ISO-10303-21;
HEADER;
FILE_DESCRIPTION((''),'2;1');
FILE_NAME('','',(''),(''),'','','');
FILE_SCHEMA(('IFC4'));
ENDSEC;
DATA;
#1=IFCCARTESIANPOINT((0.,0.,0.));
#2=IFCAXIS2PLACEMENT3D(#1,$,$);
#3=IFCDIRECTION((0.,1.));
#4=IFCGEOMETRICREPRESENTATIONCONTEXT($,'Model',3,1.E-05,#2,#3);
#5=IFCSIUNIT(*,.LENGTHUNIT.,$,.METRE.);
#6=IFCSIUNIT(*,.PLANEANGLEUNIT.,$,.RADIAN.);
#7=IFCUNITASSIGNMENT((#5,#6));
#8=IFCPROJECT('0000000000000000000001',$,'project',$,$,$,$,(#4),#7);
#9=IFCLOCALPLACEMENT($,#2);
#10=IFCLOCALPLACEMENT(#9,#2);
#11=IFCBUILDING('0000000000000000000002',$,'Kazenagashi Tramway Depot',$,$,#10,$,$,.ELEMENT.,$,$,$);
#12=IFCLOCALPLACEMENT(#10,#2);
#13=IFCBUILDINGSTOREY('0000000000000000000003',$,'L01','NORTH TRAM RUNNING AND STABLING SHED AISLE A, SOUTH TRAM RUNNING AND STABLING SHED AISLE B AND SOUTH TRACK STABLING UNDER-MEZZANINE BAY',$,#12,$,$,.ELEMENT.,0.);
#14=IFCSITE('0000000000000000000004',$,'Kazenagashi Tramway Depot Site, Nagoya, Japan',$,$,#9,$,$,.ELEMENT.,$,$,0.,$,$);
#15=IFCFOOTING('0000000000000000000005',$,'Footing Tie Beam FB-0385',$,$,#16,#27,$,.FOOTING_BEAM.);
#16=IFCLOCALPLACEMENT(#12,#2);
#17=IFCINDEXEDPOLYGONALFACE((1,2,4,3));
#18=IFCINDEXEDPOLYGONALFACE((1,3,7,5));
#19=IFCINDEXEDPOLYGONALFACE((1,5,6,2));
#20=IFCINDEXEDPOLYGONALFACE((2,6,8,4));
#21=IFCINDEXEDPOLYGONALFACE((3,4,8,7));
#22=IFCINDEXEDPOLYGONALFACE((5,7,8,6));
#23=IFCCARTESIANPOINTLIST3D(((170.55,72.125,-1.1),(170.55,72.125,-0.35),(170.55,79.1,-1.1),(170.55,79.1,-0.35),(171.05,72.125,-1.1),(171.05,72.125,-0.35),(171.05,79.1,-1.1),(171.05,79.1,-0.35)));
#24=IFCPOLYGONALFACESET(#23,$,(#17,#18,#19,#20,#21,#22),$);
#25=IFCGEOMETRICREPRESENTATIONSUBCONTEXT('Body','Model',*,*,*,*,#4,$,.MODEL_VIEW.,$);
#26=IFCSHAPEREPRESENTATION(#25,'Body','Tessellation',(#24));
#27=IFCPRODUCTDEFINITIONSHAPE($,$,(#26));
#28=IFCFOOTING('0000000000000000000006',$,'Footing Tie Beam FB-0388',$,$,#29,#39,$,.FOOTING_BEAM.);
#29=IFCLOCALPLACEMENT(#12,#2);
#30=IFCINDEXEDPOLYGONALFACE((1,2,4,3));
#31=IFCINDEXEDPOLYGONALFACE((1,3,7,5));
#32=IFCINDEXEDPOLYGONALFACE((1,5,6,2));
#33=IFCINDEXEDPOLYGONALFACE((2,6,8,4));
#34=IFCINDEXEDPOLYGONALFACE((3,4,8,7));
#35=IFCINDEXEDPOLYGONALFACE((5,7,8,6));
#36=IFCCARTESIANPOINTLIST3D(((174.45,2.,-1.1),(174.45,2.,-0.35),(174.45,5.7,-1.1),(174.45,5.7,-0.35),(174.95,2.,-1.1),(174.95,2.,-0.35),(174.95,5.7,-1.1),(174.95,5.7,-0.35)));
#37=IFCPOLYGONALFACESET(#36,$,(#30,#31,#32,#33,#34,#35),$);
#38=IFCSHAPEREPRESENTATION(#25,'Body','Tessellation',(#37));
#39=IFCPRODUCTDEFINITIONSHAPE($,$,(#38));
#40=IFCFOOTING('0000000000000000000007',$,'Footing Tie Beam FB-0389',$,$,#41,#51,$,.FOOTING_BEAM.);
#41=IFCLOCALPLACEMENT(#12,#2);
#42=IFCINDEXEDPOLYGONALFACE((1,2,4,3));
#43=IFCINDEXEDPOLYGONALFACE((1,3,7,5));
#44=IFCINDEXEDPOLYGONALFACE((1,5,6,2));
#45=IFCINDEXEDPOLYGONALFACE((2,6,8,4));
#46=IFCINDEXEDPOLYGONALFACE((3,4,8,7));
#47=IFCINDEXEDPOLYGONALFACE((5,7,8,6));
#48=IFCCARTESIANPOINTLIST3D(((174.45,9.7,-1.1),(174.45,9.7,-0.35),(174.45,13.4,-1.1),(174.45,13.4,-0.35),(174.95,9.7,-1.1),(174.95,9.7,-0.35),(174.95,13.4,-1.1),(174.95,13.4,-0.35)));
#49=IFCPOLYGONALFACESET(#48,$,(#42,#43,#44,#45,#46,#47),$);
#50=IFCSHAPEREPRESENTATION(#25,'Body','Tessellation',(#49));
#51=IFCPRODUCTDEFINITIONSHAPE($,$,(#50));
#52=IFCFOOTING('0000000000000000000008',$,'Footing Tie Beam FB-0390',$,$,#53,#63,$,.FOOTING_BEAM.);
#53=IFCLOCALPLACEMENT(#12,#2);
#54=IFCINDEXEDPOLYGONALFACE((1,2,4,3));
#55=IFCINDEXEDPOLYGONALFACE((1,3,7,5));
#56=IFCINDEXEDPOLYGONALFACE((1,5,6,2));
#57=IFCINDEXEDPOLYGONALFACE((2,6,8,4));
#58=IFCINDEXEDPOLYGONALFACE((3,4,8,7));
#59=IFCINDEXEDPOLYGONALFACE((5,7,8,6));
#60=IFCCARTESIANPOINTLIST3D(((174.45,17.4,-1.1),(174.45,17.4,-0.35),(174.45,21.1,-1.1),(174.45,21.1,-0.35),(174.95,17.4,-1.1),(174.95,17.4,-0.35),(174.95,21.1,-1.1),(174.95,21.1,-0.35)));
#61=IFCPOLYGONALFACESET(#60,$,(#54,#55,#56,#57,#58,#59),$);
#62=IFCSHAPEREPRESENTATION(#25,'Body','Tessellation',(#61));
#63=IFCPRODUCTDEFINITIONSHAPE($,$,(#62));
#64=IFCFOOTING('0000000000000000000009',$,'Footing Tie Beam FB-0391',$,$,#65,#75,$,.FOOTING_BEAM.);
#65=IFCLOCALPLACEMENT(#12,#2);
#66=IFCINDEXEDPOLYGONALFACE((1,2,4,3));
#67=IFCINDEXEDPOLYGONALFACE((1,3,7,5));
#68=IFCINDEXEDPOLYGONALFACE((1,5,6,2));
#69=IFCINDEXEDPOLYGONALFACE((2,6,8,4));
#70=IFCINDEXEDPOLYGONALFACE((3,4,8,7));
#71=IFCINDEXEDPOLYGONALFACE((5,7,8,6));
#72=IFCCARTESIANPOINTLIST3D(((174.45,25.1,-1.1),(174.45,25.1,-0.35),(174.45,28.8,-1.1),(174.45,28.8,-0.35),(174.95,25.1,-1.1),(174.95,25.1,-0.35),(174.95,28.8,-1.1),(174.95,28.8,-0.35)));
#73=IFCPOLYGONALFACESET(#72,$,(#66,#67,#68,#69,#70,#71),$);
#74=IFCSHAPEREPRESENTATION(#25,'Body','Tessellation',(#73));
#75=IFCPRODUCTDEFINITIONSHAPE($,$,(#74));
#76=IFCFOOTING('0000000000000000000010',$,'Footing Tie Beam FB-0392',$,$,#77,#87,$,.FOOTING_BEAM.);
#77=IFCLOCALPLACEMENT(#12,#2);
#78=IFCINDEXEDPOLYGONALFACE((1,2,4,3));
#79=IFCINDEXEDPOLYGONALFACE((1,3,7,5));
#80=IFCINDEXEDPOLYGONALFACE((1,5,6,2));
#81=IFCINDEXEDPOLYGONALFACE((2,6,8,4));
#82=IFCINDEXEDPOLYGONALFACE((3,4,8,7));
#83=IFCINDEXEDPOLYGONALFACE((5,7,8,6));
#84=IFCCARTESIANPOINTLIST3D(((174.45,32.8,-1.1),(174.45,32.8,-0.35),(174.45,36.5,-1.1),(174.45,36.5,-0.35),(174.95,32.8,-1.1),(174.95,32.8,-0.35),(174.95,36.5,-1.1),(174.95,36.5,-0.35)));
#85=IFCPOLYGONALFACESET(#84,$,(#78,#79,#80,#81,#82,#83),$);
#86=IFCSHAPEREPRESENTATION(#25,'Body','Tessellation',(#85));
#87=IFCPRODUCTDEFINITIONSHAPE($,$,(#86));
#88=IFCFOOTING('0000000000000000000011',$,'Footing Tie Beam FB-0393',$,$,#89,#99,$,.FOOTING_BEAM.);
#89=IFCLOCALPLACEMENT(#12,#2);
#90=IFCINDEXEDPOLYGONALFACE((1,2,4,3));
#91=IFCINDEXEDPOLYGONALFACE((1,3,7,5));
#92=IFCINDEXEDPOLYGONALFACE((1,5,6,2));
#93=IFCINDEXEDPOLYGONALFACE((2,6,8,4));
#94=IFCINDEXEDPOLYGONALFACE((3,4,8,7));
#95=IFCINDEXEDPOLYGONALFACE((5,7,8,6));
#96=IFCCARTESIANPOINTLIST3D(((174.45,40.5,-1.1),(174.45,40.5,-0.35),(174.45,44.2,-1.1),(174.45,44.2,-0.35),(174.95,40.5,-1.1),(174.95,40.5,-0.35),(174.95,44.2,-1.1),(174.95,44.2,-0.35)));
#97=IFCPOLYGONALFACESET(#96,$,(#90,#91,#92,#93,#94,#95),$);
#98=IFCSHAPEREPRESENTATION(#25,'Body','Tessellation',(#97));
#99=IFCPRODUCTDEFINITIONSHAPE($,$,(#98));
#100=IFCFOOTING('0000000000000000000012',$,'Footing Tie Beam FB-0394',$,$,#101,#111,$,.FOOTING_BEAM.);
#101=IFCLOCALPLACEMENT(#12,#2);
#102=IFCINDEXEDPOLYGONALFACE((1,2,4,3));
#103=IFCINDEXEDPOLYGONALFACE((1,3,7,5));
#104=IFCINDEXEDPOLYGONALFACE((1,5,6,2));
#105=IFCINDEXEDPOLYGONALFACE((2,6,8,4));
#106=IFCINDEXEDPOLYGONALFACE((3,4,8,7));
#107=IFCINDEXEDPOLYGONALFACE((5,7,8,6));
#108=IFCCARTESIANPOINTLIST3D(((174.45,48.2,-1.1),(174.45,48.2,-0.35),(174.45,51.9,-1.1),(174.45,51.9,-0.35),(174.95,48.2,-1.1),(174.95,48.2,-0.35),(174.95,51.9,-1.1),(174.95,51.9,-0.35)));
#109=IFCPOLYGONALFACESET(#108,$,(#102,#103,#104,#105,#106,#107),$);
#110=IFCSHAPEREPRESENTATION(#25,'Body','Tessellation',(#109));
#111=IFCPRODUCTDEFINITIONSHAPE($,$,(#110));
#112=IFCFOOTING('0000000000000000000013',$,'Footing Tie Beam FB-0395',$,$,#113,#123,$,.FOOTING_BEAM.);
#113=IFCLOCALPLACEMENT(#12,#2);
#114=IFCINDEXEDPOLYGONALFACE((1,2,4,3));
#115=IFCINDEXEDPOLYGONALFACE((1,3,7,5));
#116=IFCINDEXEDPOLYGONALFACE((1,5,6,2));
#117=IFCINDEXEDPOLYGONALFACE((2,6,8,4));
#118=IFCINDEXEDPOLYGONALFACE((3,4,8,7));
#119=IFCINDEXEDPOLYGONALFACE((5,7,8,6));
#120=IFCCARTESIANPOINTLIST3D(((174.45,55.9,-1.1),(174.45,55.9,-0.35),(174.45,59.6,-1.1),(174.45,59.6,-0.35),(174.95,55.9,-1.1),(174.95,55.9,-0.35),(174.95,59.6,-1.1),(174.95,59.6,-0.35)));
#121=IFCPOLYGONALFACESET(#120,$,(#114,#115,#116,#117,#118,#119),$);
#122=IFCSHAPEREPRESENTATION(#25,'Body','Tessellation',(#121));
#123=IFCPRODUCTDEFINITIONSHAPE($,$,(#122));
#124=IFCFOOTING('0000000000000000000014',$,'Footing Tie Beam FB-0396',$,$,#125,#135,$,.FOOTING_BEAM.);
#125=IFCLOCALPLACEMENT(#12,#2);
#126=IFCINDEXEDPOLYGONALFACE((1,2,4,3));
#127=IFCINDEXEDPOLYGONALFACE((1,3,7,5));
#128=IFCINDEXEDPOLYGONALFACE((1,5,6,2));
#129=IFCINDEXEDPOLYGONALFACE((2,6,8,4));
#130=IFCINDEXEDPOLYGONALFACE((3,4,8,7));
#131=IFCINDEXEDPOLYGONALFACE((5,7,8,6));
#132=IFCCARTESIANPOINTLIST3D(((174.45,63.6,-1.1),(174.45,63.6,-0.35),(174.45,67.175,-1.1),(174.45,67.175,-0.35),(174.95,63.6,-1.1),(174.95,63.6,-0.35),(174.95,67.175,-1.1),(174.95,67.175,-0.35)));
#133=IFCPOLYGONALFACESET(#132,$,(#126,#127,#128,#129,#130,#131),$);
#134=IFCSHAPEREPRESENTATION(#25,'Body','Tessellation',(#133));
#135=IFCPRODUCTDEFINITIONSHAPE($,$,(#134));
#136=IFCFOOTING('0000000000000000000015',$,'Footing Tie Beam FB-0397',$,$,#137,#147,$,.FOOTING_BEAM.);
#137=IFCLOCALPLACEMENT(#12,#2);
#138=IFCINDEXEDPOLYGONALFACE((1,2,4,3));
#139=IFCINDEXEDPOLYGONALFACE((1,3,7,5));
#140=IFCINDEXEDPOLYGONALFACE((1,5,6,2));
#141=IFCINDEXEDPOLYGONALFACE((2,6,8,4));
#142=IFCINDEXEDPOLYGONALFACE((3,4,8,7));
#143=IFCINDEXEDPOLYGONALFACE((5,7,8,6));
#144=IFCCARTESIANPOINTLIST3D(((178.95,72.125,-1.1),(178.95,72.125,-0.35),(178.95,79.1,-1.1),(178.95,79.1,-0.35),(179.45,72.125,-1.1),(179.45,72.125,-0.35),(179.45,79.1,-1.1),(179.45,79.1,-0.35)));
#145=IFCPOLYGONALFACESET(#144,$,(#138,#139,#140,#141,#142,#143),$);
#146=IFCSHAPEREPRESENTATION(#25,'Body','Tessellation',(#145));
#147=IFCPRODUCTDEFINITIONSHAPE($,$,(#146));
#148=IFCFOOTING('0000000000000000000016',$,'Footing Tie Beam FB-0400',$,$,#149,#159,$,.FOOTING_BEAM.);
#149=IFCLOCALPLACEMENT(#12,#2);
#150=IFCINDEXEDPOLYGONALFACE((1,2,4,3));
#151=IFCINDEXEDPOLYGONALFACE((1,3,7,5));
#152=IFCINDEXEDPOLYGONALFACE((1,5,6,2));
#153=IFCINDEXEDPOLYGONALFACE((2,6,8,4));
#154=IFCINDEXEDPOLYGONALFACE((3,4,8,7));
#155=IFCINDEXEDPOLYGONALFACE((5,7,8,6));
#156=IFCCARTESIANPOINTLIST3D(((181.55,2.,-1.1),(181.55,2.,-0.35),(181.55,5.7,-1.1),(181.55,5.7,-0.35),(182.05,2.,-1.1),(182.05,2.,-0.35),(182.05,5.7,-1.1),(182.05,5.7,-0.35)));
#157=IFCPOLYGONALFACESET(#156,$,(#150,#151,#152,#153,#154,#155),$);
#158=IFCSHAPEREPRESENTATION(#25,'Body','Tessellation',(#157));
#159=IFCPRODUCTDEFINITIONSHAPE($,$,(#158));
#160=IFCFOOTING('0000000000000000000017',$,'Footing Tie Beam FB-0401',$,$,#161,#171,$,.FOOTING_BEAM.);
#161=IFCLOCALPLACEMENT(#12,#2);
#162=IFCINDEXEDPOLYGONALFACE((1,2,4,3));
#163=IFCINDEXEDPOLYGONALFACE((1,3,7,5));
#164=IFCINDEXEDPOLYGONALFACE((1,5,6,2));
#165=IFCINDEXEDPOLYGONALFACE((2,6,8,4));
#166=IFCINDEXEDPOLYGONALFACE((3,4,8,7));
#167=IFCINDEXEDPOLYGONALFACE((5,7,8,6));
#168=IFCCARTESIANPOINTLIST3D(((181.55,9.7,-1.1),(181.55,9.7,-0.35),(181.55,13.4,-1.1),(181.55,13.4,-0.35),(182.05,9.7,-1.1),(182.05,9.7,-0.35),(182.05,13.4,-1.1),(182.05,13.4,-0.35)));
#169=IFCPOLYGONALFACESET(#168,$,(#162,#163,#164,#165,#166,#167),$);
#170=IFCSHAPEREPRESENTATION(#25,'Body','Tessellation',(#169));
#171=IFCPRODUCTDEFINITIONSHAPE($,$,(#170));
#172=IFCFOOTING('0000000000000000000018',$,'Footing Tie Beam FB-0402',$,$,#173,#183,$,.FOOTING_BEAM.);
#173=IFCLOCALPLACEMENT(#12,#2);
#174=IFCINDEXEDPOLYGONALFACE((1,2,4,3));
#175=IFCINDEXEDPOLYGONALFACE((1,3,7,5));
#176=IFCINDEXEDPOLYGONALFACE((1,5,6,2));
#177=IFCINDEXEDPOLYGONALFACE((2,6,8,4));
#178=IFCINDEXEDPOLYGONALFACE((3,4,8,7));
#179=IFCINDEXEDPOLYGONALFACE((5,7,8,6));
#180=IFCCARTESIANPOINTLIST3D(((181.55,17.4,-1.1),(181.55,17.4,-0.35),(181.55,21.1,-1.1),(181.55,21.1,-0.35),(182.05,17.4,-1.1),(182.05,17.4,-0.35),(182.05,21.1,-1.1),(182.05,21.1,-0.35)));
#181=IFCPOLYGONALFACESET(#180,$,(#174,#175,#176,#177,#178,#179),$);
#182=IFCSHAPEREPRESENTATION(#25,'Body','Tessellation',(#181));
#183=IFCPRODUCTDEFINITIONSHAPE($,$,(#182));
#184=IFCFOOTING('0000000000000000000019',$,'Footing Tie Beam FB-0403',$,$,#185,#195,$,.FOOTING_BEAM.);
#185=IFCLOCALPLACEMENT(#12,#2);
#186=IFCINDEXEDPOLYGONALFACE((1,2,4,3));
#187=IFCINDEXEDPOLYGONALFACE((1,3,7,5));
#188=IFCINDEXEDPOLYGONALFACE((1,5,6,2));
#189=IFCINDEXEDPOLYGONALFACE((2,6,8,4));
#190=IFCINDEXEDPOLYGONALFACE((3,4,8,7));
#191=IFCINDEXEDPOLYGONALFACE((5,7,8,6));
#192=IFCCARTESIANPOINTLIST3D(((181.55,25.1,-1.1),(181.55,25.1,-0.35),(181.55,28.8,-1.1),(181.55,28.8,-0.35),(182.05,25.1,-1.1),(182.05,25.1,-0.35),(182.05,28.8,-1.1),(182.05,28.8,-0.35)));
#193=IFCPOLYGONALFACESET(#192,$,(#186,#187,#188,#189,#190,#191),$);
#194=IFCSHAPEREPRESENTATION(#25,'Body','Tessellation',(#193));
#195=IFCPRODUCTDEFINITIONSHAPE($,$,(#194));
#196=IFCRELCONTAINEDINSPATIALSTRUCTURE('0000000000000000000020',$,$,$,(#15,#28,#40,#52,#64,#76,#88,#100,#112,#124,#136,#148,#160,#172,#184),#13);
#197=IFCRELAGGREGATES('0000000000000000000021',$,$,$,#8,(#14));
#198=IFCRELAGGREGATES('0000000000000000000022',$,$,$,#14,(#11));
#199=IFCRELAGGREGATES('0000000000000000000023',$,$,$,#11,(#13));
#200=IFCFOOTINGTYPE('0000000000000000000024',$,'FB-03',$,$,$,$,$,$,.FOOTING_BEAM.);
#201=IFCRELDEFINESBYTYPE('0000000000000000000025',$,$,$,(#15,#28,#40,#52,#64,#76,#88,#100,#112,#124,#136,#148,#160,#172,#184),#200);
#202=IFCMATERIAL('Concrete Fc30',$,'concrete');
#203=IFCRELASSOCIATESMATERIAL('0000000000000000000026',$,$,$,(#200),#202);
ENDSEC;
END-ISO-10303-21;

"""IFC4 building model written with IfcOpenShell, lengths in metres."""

from ifc_helpers import new_model, si_unit, direction, frame, origin, place, context, subcontext, project, spatial, polyline, outline, extrude, material, type_object, element, save


model = new_model("IFC4")

# Units and contexts
model_context = context("Model", 3, precision=1e-05, world=origin(), true_north=direction((0.0, 1.0)))
body_context = subcontext(model_context, "Body", "Model", "MODEL_VIEW")
ifc_project = project(units=[si_unit("LENGTHUNIT", "METRE"), si_unit("PLANEANGLEUNIT", "RADIAN")], contexts=[model_context])

# Site, building, storey
site_placement = place(None, origin())
site = spatial("IfcSite", under=ifc_project, at=site_placement, Name="Kazenagashi Tramway Depot Site, Nagoya, Japan", CompositionType="ELEMENT", RefElevation=0.0)
building_placement = place(site_placement, origin())
building = spatial("IfcBuilding", under=site, at=building_placement, Name="Kazenagashi Tramway Depot", CompositionType="ELEMENT")
storey_placement = place(building_placement, origin())
storey = spatial("IfcBuildingStorey", under=building, at=storey_placement, Name="L01", Description="NORTH TRAM RUNNING AND STABLING SHED AISLE A, SOUTH TRAM RUNNING AND STABLING SHED AISLE B AND SOUTH TRACK STABLING UNDER-MEZZANINE BAY", CompositionType="ELEMENT", Elevation=0.0)

# Footings
ifc_material = material(Name="Concrete Fc30", Category="concrete")
footing_type = type_object("IfcFootingType", Name="FB-03", PredefinedType="FOOTING_BEAM", material=ifc_material)
footing_1_placement = place(storey_placement, frame((0.0, 0.0, -1.1)))
element("IfcFooting", 1, at=footing_1_placement, inside=storey, type_object=footing_type, Name="Footing Tie Beam FB-0385", PredefinedType="FOOTING_BEAM", context=body_context, shape_type="SweptSolid", body=[
    extrude(outline(polyline([(170.55, 72.125), (171.05, 72.125), (171.05, 79.1), (170.55, 79.1), (170.55, 72.125)])), origin(), (0.0, 0.0, 1.0), 0.75),
])
footing_2_placement = place(storey_placement, frame((0.0, 0.0, -1.1)))
element("IfcFooting", 2, at=footing_2_placement, inside=storey, type_object=footing_type, Name="Footing Tie Beam FB-0388", PredefinedType="FOOTING_BEAM", context=body_context, shape_type="SweptSolid", body=[
    extrude(outline(polyline([(174.45, 2.0), (174.95, 2.0), (174.95, 5.7), (174.45, 5.7), (174.45, 2.0)])), origin(), (0.0, 0.0, 1.0), 0.75),
])
footing_3_placement = place(storey_placement, frame((0.0, 0.0, -1.1)))
element("IfcFooting", 3, at=footing_3_placement, inside=storey, type_object=footing_type, Name="Footing Tie Beam FB-0389", PredefinedType="FOOTING_BEAM", context=body_context, shape_type="SweptSolid", body=[
    extrude(outline(polyline([(174.45, 9.7), (174.95, 9.7), (174.95, 13.4), (174.45, 13.4), (174.45, 9.7)])), origin(), (0.0, 0.0, 1.0), 0.75),
])
footing_4_placement = place(storey_placement, frame((0.0, 0.0, -1.1)))
element("IfcFooting", 4, at=footing_4_placement, inside=storey, type_object=footing_type, Name="Footing Tie Beam FB-0390", PredefinedType="FOOTING_BEAM", context=body_context, shape_type="SweptSolid", body=[
    extrude(outline(polyline([(174.45, 17.4), (174.95, 17.4), (174.95, 21.1), (174.45, 21.1), (174.45, 17.4)])), origin(), (0.0, 0.0, 1.0), 0.75),
])
footing_5_placement = place(storey_placement, frame((0.0, 0.0, -1.1)))
element("IfcFooting", 5, at=footing_5_placement, inside=storey, type_object=footing_type, Name="Footing Tie Beam FB-0391", PredefinedType="FOOTING_BEAM", context=body_context, shape_type="SweptSolid", body=[
    extrude(outline(polyline([(174.45, 25.1), (174.95, 25.1), (174.95, 28.8), (174.45, 28.8), (174.45, 25.1)])), origin(), (0.0, 0.0, 1.0), 0.75),
])
footing_6_placement = place(storey_placement, frame((0.0, 0.0, -1.1)))
element("IfcFooting", 6, at=footing_6_placement, inside=storey, type_object=footing_type, Name="Footing Tie Beam FB-0392", PredefinedType="FOOTING_BEAM", context=body_context, shape_type="SweptSolid", body=[
    extrude(outline(polyline([(174.45, 32.8), (174.95, 32.8), (174.95, 36.5), (174.45, 36.5), (174.45, 32.8)])), origin(), (0.0, 0.0, 1.0), 0.75),
])
footing_7_placement = place(storey_placement, frame((0.0, 0.0, -1.1)))
element("IfcFooting", 7, at=footing_7_placement, inside=storey, type_object=footing_type, Name="Footing Tie Beam FB-0393", PredefinedType="FOOTING_BEAM", context=body_context, shape_type="SweptSolid", body=[
    extrude(outline(polyline([(174.45, 40.5), (174.95, 40.5), (174.95, 44.2), (174.45, 44.2), (174.45, 40.5)])), origin(), (0.0, 0.0, 1.0), 0.75),
])
footing_8_placement = place(storey_placement, frame((0.0, 0.0, -1.1)))
element("IfcFooting", 8, at=footing_8_placement, inside=storey, type_object=footing_type, Name="Footing Tie Beam FB-0394", PredefinedType="FOOTING_BEAM", context=body_context, shape_type="SweptSolid", body=[
    extrude(outline(polyline([(174.45, 48.2), (174.95, 48.2), (174.95, 51.9), (174.45, 51.9), (174.45, 48.2)])), origin(), (0.0, 0.0, 1.0), 0.75),
])
footing_9_placement = place(storey_placement, frame((0.0, 0.0, -1.1)))
element("IfcFooting", 9, at=footing_9_placement, inside=storey, type_object=footing_type, Name="Footing Tie Beam FB-0395", PredefinedType="FOOTING_BEAM", context=body_context, shape_type="SweptSolid", body=[
    extrude(outline(polyline([(174.45, 55.9), (174.95, 55.9), (174.95, 59.6), (174.45, 59.6), (174.45, 55.9)])), origin(), (0.0, 0.0, 1.0), 0.75),
])
footing_10_placement = place(storey_placement, frame((0.0, 0.0, -1.1)))
element("IfcFooting", 10, at=footing_10_placement, inside=storey, type_object=footing_type, Name="Footing Tie Beam FB-0396", PredefinedType="FOOTING_BEAM", context=body_context, shape_type="SweptSolid", body=[
    extrude(outline(polyline([(174.45, 63.6), (174.95, 63.6), (174.95, 67.175), (174.45, 67.175), (174.45, 63.6)])), origin(), (0.0, 0.0, 1.0), 0.75),
])
footing_11_placement = place(storey_placement, frame((0.0, 0.0, -1.1)))
element("IfcFooting", 11, at=footing_11_placement, inside=storey, type_object=footing_type, Name="Footing Tie Beam FB-0397", PredefinedType="FOOTING_BEAM", context=body_context, shape_type="SweptSolid", body=[
    extrude(outline(polyline([(178.95, 72.125), (179.45, 72.125), (179.45, 79.1), (178.95, 79.1), (178.95, 72.125)])), origin(), (0.0, 0.0, 1.0), 0.75),
])
footing_12_placement = place(storey_placement, frame((0.0, 0.0, -1.1)))
element("IfcFooting", 12, at=footing_12_placement, inside=storey, type_object=footing_type, Name="Footing Tie Beam FB-0400", PredefinedType="FOOTING_BEAM", context=body_context, shape_type="SweptSolid", body=[
    extrude(outline(polyline([(181.55, 2.0), (182.05, 2.0), (182.05, 5.7), (181.55, 5.7), (181.55, 2.0)])), origin(), (0.0, 0.0, 1.0), 0.75),
])
footing_13_placement = place(storey_placement, frame((0.0, 0.0, -1.1)))
element("IfcFooting", 13, at=footing_13_placement, inside=storey, type_object=footing_type, Name="Footing Tie Beam FB-0401", PredefinedType="FOOTING_BEAM", context=body_context, shape_type="SweptSolid", body=[
    extrude(outline(polyline([(181.55, 9.7), (182.05, 9.7), (182.05, 13.4), (181.55, 13.4), (181.55, 9.7)])), origin(), (0.0, 0.0, 1.0), 0.75),
])
footing_14_placement = place(storey_placement, frame((0.0, 0.0, -1.1)))
element("IfcFooting", 14, at=footing_14_placement, inside=storey, type_object=footing_type, Name="Footing Tie Beam FB-0402", PredefinedType="FOOTING_BEAM", context=body_context, shape_type="SweptSolid", body=[
    extrude(outline(polyline([(181.55, 17.4), (182.05, 17.4), (182.05, 21.1), (181.55, 21.1), (181.55, 17.4)])), origin(), (0.0, 0.0, 1.0), 0.75),
])
footing_15_placement = place(storey_placement, frame((0.0, 0.0, -1.1)))
element("IfcFooting", 15, at=footing_15_placement, inside=storey, type_object=footing_type, Name="Footing Tie Beam FB-0403", PredefinedType="FOOTING_BEAM", context=body_context, shape_type="SweptSolid", body=[
    extrude(outline(polyline([(181.55, 25.1), (182.05, 25.1), (182.05, 28.8), (181.55, 28.8), (181.55, 25.1)])), origin(), (0.0, 0.0, 1.0), 0.75),
])

save(model, "model.ifc")
